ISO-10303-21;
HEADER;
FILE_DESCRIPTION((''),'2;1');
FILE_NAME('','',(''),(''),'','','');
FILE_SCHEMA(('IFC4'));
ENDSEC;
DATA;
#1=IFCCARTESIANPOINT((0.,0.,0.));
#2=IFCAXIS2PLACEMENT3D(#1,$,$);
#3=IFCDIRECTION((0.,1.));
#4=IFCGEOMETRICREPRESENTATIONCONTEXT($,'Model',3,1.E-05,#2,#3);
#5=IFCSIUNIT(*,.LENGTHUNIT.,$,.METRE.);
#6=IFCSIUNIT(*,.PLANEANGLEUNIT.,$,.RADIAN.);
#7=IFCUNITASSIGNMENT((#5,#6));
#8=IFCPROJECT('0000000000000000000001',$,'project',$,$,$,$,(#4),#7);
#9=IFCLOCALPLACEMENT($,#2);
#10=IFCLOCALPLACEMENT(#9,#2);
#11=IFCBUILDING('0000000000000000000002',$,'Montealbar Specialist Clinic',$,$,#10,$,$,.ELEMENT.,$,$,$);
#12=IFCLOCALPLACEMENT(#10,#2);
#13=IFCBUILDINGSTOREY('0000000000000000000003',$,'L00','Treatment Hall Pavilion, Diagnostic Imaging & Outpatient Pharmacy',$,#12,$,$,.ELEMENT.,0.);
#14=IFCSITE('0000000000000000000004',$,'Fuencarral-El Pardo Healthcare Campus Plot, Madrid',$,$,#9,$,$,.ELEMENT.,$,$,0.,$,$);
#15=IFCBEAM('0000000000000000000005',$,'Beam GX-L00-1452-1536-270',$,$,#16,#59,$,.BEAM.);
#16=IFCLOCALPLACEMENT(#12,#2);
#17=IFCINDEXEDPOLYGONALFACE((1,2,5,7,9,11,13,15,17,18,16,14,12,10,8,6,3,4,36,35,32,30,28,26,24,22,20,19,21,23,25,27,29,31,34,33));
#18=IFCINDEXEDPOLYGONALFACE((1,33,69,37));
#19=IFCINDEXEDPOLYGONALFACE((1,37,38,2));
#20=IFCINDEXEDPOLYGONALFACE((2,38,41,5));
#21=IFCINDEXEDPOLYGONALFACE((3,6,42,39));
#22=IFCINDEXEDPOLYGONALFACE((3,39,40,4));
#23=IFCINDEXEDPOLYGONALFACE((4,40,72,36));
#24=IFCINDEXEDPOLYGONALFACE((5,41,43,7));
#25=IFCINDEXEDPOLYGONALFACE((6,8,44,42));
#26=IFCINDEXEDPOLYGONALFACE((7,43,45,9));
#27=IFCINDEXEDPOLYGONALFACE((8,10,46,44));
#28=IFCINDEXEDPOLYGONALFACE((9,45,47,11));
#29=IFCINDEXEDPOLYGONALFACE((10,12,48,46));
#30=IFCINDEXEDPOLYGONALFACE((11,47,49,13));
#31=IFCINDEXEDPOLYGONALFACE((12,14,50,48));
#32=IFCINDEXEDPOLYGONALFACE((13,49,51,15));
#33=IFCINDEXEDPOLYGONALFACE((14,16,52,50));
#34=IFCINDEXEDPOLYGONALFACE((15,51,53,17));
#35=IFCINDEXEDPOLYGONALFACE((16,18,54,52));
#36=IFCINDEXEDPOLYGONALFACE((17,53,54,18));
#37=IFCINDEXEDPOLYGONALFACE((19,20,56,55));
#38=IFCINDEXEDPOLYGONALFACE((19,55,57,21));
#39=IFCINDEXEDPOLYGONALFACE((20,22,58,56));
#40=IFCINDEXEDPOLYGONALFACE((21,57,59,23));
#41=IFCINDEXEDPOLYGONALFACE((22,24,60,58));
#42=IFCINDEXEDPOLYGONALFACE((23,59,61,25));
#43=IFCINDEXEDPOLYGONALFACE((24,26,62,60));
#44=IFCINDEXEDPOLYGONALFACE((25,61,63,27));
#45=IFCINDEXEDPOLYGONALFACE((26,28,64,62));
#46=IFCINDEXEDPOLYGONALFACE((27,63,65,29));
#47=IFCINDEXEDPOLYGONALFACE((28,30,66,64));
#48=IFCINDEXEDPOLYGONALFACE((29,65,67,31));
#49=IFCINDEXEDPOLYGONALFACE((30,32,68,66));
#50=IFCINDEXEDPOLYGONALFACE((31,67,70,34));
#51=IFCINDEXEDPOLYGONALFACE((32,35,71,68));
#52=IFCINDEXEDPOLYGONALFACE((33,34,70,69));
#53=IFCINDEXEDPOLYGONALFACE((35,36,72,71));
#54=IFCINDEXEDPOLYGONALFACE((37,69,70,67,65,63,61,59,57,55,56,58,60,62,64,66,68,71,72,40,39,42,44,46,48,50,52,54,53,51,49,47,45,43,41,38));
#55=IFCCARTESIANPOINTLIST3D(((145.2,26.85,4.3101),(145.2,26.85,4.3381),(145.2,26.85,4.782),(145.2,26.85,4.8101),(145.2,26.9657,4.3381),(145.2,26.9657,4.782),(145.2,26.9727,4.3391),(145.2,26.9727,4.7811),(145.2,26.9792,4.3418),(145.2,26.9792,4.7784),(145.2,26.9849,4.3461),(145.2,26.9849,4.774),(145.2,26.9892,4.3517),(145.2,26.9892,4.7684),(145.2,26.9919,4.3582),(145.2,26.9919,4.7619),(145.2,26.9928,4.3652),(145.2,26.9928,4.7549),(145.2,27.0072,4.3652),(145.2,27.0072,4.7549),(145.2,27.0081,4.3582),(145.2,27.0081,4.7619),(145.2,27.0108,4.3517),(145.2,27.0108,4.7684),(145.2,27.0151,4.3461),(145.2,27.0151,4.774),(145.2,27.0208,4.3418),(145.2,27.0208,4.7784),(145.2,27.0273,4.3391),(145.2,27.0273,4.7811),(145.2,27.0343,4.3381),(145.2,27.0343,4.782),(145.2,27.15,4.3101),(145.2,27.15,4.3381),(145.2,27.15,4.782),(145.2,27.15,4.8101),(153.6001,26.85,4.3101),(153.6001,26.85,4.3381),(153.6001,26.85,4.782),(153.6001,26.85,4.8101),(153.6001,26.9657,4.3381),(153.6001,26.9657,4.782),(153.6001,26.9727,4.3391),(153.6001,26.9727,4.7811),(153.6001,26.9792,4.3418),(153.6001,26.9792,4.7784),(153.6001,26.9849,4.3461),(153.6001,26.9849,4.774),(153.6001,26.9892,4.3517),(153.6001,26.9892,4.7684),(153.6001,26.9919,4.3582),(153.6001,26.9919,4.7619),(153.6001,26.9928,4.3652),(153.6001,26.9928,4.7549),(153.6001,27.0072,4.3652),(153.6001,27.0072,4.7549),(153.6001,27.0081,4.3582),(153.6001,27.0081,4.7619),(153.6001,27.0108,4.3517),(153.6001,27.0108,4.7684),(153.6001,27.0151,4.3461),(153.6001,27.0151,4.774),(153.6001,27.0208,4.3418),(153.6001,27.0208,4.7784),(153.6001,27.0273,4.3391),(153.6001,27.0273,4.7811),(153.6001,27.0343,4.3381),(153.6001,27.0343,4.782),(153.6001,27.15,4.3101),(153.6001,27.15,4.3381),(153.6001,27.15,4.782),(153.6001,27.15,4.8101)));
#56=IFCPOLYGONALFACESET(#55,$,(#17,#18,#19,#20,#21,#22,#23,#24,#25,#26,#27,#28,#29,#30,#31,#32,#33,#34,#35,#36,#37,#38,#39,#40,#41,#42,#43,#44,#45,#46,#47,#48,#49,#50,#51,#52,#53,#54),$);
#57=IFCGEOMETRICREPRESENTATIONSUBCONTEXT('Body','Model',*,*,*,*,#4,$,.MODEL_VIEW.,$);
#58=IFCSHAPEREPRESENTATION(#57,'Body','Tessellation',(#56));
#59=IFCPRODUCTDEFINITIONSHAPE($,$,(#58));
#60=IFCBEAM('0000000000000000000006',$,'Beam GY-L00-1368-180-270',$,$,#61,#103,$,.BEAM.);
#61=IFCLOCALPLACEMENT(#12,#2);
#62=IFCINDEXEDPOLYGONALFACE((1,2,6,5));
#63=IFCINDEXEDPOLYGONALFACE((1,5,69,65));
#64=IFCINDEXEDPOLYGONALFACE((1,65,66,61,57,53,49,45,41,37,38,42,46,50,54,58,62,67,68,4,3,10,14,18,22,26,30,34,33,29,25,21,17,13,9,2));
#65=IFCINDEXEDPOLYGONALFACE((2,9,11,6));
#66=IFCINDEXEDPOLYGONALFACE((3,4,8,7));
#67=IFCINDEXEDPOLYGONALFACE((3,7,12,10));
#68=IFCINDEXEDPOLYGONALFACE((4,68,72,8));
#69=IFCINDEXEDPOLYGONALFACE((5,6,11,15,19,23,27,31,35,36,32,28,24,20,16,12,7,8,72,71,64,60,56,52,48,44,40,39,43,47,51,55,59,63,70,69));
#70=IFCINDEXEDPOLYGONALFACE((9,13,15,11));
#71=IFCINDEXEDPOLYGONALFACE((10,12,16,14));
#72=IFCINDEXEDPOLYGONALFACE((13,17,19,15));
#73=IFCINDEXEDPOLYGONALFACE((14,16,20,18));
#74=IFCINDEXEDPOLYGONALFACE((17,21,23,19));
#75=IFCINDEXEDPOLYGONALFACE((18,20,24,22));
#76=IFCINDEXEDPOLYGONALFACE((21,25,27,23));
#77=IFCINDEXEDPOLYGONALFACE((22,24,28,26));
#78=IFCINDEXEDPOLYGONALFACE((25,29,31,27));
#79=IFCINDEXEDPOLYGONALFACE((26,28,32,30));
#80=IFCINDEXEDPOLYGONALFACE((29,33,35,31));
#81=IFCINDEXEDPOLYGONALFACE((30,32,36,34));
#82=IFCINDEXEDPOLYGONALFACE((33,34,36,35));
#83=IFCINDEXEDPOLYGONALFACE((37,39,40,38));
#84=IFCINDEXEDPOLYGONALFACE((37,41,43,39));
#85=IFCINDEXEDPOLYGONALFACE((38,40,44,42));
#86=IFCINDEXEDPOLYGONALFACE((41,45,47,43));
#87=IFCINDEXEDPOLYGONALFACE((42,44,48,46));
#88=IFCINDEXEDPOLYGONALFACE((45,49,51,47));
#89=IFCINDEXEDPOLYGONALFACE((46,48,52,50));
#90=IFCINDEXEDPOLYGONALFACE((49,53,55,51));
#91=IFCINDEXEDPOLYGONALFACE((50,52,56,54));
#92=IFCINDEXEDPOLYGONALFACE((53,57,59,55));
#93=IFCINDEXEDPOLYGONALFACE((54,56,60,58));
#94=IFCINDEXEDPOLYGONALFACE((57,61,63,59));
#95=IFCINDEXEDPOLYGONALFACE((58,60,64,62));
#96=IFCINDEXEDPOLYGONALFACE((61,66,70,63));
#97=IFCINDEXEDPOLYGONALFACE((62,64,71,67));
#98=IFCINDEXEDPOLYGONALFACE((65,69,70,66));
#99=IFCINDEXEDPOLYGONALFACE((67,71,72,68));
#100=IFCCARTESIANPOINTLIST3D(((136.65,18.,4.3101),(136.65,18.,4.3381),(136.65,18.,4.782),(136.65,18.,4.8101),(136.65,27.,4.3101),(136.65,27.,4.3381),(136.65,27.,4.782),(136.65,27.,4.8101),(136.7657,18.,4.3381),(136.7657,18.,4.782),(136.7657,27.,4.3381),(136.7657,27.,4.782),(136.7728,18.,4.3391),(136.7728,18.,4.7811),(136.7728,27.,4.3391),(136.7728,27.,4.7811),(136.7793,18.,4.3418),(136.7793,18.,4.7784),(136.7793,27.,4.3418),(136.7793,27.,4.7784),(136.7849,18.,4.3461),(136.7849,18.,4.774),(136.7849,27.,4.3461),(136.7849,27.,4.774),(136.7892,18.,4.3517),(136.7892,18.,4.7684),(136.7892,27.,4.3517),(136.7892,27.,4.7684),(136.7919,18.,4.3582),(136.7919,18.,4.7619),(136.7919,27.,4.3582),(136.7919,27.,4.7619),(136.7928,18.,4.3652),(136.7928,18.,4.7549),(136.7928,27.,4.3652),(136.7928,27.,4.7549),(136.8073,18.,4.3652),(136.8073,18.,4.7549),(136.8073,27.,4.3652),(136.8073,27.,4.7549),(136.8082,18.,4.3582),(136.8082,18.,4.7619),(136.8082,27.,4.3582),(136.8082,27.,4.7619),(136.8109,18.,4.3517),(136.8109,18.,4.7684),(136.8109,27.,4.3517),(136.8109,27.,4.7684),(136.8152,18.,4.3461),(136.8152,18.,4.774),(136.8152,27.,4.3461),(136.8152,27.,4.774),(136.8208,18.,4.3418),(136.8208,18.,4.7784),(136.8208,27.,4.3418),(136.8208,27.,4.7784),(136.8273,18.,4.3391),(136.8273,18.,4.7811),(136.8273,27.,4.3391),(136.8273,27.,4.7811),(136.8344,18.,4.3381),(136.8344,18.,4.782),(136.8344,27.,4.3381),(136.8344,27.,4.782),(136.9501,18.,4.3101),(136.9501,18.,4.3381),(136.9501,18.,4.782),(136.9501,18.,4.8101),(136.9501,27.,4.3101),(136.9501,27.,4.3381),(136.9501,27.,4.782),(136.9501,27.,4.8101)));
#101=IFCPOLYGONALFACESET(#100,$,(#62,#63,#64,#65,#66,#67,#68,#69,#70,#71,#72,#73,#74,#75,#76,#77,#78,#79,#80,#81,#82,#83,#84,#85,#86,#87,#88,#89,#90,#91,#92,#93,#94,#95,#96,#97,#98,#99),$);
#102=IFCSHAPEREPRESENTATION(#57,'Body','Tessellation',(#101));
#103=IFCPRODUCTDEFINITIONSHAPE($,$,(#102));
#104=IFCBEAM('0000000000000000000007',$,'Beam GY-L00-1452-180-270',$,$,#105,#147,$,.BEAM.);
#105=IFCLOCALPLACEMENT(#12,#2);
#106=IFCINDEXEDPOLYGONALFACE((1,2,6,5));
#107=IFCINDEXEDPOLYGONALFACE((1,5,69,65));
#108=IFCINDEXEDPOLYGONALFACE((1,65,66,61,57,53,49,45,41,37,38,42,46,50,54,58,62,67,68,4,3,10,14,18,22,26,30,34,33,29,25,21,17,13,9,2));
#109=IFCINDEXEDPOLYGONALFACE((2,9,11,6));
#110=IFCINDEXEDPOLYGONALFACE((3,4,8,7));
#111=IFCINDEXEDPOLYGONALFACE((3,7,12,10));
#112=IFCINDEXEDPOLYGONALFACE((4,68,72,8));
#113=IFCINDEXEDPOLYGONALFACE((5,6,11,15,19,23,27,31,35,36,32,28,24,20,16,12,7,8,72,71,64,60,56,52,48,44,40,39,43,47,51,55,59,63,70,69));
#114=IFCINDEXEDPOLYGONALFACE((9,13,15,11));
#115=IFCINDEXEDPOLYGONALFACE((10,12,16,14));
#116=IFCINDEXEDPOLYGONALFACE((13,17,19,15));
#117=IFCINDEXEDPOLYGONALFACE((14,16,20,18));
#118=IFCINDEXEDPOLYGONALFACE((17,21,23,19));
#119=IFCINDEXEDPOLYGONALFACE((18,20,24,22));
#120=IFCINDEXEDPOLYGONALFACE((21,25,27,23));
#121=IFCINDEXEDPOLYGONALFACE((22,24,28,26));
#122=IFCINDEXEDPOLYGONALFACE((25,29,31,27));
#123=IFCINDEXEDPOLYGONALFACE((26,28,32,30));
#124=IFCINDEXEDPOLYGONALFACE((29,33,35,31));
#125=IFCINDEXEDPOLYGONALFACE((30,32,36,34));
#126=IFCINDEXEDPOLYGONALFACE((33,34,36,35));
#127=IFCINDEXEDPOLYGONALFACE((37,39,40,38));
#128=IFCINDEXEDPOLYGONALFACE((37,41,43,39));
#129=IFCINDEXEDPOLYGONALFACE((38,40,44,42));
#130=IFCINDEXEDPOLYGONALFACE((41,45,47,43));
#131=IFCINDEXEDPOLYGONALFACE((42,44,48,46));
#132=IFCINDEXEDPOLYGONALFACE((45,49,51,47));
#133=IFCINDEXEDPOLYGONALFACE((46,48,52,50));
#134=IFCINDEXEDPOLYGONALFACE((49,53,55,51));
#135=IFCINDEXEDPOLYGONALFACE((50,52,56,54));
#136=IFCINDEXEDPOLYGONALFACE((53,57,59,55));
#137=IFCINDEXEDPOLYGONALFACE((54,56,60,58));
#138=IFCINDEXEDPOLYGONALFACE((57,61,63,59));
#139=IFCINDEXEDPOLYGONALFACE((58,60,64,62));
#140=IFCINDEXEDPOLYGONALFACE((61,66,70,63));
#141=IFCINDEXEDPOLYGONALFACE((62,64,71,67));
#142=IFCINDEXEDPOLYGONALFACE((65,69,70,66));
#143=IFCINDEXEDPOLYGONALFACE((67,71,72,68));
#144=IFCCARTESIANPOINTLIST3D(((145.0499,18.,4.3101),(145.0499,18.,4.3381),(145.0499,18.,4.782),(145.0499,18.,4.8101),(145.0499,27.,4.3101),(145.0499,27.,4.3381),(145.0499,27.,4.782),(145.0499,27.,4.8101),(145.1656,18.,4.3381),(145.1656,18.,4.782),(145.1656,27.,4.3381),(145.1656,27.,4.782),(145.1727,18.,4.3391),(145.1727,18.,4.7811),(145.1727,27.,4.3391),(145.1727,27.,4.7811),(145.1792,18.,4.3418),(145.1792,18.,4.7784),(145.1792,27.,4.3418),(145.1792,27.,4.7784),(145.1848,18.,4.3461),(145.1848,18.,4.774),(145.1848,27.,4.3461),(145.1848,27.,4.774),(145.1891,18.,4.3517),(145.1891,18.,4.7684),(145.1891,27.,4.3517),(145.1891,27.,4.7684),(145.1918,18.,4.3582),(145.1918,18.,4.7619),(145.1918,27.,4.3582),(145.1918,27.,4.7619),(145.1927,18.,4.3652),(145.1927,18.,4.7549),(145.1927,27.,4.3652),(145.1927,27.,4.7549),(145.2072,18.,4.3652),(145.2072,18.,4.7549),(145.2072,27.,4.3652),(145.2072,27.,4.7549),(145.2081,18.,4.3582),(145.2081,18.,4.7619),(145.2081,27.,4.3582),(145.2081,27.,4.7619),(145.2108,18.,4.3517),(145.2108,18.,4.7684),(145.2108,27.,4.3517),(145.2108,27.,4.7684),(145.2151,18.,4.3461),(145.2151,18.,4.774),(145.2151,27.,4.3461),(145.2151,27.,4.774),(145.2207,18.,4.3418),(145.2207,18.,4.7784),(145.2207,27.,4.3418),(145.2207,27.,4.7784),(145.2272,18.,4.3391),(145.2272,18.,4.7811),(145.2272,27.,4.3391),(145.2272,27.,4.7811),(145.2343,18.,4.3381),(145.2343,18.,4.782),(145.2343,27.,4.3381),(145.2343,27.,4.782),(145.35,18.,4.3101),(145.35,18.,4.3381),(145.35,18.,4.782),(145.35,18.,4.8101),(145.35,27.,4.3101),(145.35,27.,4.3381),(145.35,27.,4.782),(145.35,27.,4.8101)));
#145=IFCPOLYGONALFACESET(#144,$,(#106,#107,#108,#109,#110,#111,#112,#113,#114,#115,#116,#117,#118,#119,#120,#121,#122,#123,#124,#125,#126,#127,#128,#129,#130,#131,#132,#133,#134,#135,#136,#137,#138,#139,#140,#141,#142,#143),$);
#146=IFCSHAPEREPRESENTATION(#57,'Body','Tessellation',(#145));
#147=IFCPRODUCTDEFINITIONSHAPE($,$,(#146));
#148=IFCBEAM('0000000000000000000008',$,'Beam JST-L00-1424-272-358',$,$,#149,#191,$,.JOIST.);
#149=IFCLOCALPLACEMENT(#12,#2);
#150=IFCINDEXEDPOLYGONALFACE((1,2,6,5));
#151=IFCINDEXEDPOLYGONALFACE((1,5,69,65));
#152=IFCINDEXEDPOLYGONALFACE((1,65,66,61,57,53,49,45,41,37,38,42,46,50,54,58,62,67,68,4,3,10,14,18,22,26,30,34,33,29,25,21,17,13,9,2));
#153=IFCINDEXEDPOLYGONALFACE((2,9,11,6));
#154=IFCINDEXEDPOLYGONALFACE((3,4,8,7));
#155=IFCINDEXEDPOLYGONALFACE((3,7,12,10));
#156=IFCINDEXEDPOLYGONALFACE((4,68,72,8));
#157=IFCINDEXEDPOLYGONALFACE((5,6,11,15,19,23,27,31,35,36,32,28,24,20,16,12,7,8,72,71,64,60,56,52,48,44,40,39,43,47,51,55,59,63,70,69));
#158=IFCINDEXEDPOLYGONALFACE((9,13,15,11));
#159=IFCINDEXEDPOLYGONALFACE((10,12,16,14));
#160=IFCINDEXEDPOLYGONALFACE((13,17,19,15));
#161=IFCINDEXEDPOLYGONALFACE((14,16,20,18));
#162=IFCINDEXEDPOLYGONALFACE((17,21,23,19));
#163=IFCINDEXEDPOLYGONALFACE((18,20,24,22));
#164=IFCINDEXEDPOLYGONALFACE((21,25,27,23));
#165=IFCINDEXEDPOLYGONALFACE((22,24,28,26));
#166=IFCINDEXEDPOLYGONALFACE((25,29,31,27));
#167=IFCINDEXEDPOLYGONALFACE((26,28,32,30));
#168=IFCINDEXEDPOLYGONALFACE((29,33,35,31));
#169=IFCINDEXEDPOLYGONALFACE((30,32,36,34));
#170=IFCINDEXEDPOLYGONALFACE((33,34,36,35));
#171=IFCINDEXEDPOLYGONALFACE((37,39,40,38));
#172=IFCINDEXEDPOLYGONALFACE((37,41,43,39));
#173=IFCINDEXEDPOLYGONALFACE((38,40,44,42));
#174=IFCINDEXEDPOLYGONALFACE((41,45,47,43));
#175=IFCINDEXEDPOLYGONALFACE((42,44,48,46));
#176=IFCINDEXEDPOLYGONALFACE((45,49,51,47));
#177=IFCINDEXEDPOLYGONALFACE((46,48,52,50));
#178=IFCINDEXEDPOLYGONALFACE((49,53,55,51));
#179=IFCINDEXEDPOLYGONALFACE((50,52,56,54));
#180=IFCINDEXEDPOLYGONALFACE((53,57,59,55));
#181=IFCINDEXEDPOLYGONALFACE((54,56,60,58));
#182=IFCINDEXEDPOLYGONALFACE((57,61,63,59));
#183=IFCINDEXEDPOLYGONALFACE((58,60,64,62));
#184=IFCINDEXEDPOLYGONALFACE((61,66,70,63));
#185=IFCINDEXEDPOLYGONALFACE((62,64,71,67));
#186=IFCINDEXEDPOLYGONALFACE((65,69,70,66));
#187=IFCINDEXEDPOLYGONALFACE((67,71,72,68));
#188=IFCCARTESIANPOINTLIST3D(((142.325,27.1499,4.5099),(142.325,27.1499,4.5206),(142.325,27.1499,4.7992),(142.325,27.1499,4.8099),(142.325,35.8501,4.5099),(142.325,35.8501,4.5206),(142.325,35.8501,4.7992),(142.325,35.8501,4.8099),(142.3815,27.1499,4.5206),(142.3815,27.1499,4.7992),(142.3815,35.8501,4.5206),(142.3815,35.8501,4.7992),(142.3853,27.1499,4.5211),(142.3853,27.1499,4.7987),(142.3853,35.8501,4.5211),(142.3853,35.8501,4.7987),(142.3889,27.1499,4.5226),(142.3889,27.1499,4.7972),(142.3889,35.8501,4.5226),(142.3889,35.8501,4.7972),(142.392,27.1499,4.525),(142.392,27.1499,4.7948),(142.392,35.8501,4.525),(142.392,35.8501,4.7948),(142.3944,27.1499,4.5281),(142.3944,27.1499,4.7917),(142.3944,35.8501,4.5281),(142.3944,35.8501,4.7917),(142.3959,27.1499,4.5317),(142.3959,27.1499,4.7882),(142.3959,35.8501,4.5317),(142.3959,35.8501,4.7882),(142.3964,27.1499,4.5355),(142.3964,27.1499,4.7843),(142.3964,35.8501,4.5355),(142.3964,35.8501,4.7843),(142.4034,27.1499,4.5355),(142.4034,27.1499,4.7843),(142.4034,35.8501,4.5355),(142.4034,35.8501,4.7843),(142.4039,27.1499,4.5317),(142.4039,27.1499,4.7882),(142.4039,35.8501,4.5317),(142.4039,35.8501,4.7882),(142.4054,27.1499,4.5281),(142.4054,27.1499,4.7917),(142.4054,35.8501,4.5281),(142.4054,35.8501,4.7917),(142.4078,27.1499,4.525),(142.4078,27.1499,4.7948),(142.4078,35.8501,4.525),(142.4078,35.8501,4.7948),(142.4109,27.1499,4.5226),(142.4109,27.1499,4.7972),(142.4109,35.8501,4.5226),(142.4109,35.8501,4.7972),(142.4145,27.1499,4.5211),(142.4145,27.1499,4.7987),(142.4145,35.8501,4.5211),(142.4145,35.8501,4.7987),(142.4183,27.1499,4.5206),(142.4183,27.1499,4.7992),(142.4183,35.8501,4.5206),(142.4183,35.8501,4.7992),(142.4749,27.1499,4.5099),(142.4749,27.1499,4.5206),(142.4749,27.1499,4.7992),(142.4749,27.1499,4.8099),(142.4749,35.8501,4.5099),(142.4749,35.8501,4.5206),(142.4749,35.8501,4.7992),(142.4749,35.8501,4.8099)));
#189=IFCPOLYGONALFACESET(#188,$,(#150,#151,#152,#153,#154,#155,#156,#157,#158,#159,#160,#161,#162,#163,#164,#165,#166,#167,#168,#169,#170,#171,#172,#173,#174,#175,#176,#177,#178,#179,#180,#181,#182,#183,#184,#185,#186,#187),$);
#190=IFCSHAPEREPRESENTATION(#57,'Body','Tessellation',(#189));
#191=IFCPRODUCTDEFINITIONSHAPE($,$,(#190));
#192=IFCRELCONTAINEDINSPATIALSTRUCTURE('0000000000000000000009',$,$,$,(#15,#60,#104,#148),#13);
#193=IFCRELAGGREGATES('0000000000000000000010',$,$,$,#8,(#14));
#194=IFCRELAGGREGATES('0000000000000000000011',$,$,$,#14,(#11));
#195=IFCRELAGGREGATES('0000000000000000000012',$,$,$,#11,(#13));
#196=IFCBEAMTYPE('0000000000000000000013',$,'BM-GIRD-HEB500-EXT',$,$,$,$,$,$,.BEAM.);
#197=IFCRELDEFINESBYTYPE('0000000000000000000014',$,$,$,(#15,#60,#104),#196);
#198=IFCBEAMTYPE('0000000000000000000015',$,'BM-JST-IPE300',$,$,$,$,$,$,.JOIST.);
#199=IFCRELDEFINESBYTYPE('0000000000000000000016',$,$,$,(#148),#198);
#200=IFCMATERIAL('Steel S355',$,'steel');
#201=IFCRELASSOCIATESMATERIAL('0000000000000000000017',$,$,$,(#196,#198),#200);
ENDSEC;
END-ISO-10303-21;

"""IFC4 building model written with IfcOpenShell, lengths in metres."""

from ifc_helpers import new_model, si_unit, direction, frame, origin, origin_2d, place, context, subcontext, project, spatial, i_section, extrude, material, material_profile, profile_set, type_object, element, save


model = new_model("IFC4")

# Units and contexts
model_context = context("Model", 3, precision=1e-05, world=origin(), true_north=direction((0.0, 1.0)))
body_context = subcontext(model_context, "Body", "Model", "MODEL_VIEW")
ifc_project = project(units=[si_unit("LENGTHUNIT", "METRE"), si_unit("PLANEANGLEUNIT", "RADIAN")], contexts=[model_context])

# Site, building, storey
site_placement = place(None, origin())
site = spatial("IfcSite", under=ifc_project, at=site_placement, Name="Fuencarral-El Pardo Healthcare Campus Plot, Madrid", CompositionType="ELEMENT", RefElevation=0.0)
building_placement = place(site_placement, origin())
building = spatial("IfcBuilding", under=site, at=building_placement, Name="Montealbar Specialist Clinic", CompositionType="ELEMENT")
storey_placement = place(building_placement, origin())
storey = spatial("IfcBuildingStorey", under=building, at=storey_placement, Name="L00", Description="Treatment Hall Pavilion, Diagnostic Imaging & Outpatient Pharmacy", CompositionType="ELEMENT", Elevation=0.0)

# Shared definitions
ifc_material_1 = material(Name="Steel S355", Category="steel")

# Beams
ifc_material_profile_1 = material_profile(ifc_material_1, i_section(OverallWidth=0.3, OverallDepth=0.5, WebThickness=0.0144, FlangeThickness=0.0281, FilletRadius=0.0271, at=origin_2d()), Name="HEB 500", Category="steel")
ifc_profile_set_1 = profile_set([ifc_material_profile_1], Name="Steel S355")
beam_type_1 = type_object("IfcBeamType", Name="BM-GIRD-HEB500-EXT", PredefinedType="BEAM", material=ifc_profile_set_1)
beam_1_placement = place(storey_placement, frame((145.2, 27.0, 4.5601), z_axis=(1.0, 0.0, 0.0), x_axis=(0.0, 1.0, 0.0)))
element("IfcBeam", 1, at=beam_1_placement, inside=storey, type_object=beam_type_1, Name="Beam GX-L00-1452-1536-270", PredefinedType="BEAM", context=body_context, shape_type="SweptSolid", body=[
    extrude(i_section(OverallWidth=0.3, OverallDepth=0.5, WebThickness=0.0144, FlangeThickness=0.0281, FilletRadius=0.0271, at=origin_2d()), origin(), (0.0, 0.0, 1.0), 8.4001),
])
for number, where, z_axis, x_axis, name in (
    (2, (136.8, 18.0, 4.5601), (0.0, 1.0, 0.0), (-1.0, 0.0, 0.0), "Beam GY-L00-1368-180-270"),
    (3, (145.2, 18.0, 4.5601), (0.0, 1.0, 0.0), (-1.0, 0.0, 0.0), "Beam GY-L00-1452-180-270"),
):
    element("IfcBeam", number, at=place(storey_placement, frame(where, z_axis=z_axis, x_axis=x_axis)), inside=storey, type_object=beam_type_1, Name=name, PredefinedType="BEAM", context=body_context, shape_type="SweptSolid", body=[
        extrude(i_section(OverallWidth=0.3, OverallDepth=0.5, WebThickness=0.0144, FlangeThickness=0.0281, FilletRadius=0.0271, at=origin_2d()), origin(), (0.0, 0.0, 1.0), 9.0),
    ])
ifc_material_profile_2 = material_profile(ifc_material_1, i_section(OverallWidth=0.1499, OverallDepth=0.3, WebThickness=0.0071, FlangeThickness=0.0107, FilletRadius=0.0149, at=origin_2d()), Name="IPE 300", Category="steel")
ifc_profile_set_2 = profile_set([ifc_material_profile_2], Name="Steel S355")
beam_type_2 = type_object("IfcBeamType", Name="BM-JST-IPE300", PredefinedType="JOIST", material=ifc_profile_set_2)
beam_2_placement = place(storey_placement, frame((142.3999, 27.1499, 4.6599), z_axis=(0.0, 1.0, 0.0), x_axis=(-1.0, 0.0, 0.0)))
element("IfcBeam", 4, at=beam_2_placement, inside=storey, type_object=beam_type_2, Name="Beam JST-L00-1424-272-358", PredefinedType="JOIST", context=body_context, shape_type="SweptSolid", body=[
    extrude(i_section(OverallWidth=0.1499, OverallDepth=0.3, WebThickness=0.0071, FlangeThickness=0.0107, FilletRadius=0.0149, at=origin_2d()), origin(), (0.0, 0.0, 1.0), 8.7002),
])

save(model, "model.ifc")
